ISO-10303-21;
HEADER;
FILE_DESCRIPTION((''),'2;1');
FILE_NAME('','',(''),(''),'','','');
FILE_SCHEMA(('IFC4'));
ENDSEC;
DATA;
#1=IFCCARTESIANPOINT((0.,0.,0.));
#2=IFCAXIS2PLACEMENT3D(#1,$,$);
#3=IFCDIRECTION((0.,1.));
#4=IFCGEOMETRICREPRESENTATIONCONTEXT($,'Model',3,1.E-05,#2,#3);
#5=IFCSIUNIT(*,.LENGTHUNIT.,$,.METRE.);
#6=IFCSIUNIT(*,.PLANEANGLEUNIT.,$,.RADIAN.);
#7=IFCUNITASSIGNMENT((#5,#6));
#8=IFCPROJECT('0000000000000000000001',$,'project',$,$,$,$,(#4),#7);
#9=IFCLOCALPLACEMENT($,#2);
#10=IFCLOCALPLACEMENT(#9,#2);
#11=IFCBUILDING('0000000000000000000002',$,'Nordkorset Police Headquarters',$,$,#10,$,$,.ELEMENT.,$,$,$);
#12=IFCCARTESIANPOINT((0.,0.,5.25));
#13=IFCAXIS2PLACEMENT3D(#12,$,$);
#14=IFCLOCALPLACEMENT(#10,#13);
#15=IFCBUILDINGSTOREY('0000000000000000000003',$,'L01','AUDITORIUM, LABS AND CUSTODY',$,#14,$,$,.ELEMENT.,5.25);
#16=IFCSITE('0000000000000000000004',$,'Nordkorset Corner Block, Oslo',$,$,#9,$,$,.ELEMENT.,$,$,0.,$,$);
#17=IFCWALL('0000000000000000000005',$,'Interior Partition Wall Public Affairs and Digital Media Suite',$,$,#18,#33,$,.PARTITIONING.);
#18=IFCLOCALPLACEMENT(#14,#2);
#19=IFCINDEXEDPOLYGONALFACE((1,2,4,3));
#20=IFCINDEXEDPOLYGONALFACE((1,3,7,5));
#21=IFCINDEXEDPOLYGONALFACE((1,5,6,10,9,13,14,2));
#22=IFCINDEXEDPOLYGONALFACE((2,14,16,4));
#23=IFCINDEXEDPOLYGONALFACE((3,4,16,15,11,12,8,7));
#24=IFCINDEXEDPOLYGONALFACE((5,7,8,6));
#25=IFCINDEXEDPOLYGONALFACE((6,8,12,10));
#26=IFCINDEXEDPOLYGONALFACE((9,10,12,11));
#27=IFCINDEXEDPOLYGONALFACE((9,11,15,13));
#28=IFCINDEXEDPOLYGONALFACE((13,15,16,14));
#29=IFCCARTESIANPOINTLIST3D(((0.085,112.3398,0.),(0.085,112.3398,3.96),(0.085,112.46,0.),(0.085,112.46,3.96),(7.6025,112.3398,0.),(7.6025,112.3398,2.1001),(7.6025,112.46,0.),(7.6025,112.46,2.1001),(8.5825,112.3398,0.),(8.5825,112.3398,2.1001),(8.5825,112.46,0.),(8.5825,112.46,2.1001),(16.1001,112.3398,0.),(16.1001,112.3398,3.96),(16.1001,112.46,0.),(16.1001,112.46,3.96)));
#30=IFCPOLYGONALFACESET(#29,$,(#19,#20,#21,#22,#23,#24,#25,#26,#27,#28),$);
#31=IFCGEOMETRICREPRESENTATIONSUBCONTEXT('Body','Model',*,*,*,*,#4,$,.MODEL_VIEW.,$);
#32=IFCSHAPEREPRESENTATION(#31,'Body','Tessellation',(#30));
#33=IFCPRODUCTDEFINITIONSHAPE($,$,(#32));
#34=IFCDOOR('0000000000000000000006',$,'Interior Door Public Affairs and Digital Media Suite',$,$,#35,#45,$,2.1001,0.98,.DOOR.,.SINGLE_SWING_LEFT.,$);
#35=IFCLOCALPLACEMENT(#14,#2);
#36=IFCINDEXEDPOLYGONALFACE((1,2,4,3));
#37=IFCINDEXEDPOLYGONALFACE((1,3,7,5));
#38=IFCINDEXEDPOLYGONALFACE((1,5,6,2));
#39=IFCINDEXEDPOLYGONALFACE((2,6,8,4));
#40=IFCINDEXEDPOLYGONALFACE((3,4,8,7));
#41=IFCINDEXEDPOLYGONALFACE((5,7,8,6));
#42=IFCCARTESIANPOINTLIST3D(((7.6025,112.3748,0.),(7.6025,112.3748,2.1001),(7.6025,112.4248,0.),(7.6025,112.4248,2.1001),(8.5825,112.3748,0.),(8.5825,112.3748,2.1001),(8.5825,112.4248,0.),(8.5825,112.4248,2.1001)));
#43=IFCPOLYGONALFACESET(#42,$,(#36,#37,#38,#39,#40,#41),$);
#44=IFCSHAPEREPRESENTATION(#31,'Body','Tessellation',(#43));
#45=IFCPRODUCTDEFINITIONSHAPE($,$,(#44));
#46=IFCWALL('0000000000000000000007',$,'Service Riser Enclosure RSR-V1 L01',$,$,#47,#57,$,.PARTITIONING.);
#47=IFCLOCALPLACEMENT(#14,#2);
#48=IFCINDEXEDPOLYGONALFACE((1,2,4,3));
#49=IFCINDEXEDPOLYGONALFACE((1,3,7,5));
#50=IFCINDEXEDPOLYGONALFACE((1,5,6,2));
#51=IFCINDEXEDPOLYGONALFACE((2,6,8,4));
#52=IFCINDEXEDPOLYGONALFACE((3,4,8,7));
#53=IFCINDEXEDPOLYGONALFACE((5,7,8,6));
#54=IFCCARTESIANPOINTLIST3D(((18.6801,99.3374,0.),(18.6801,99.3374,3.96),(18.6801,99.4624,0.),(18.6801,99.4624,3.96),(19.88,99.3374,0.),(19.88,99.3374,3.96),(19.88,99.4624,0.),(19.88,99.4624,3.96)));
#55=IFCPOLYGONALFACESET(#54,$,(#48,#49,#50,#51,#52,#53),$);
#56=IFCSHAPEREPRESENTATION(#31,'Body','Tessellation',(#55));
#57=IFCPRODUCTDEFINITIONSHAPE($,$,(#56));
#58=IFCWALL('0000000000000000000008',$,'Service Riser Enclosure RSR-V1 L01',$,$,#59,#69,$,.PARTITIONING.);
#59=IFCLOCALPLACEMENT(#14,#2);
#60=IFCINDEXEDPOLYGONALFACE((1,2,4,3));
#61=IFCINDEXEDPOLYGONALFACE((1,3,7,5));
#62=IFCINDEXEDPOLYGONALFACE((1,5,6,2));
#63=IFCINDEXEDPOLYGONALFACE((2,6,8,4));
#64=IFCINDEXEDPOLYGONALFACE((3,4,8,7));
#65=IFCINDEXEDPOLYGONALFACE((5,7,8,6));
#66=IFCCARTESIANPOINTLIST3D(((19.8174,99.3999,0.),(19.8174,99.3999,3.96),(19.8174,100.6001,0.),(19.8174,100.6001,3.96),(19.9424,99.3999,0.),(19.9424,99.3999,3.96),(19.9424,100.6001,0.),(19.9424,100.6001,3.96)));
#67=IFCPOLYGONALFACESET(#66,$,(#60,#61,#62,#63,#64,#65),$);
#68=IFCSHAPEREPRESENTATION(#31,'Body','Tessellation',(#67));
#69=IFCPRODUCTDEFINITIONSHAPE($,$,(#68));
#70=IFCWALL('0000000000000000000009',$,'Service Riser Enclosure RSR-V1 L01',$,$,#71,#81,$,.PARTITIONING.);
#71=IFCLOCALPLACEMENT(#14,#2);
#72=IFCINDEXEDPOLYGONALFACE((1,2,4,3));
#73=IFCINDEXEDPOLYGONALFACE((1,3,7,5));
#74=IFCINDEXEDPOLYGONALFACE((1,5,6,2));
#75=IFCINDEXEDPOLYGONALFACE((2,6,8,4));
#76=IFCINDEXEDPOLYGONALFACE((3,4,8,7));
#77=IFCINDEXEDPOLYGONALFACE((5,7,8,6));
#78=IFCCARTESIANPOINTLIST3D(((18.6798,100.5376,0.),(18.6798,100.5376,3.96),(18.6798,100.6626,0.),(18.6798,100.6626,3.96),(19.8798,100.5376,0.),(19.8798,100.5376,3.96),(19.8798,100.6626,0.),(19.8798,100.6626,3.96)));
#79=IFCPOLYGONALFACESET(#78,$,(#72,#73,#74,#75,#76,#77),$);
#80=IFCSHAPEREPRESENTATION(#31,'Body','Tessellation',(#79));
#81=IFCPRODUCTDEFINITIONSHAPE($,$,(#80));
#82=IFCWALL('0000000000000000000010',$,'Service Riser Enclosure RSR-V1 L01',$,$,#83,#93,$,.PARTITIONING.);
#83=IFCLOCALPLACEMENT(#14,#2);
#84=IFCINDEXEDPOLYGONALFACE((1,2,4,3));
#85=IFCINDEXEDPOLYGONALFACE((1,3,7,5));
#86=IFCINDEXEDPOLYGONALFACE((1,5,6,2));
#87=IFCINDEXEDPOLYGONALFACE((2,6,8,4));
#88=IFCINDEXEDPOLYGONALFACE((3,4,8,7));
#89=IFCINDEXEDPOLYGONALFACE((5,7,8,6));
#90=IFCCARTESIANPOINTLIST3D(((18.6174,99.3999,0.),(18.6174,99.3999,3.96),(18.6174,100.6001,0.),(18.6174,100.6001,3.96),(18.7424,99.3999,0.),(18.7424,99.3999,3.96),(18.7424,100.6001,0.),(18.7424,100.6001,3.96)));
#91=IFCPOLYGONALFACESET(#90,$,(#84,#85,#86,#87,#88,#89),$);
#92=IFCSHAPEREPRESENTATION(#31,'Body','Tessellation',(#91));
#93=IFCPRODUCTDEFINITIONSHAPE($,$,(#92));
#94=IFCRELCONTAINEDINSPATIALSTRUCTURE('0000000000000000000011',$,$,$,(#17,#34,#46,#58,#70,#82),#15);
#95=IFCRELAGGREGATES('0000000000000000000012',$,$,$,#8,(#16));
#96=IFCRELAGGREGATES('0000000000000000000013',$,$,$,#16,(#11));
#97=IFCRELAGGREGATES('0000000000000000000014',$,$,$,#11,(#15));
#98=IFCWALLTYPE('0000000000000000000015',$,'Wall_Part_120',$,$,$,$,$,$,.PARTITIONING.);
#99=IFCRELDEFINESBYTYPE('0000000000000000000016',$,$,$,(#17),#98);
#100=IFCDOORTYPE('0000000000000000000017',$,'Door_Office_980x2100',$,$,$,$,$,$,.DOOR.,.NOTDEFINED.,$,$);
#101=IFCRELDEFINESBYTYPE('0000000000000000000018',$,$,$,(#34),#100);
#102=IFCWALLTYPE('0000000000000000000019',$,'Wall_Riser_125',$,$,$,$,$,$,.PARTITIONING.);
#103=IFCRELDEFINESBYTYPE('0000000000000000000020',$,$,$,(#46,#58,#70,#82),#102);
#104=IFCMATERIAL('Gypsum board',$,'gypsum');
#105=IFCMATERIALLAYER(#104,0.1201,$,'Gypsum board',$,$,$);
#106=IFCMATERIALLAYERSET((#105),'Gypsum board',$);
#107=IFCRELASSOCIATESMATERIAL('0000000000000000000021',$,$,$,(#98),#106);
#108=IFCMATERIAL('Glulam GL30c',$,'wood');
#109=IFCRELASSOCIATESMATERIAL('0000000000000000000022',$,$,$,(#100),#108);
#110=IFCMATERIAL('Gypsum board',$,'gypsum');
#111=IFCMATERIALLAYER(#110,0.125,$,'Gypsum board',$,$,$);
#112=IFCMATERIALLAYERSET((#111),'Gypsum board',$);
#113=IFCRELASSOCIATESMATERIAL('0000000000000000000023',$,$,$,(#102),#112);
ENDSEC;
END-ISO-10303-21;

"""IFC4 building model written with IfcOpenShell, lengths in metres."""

from ifc_helpers import new_model, si_unit, direction, frame, frame_2d, origin, place, context, subcontext, project, spatial, rectangle, extrude, material, layer, layer_set, type_object, element, fill, save


model = new_model("IFC4")

# Units and contexts
model_context = context("Model", 3, precision=1e-05, world=origin(), true_north=direction((0.0, 1.0)))
body_context = subcontext(model_context, "Body", "Model", "MODEL_VIEW")
ifc_project = project(units=[si_unit("LENGTHUNIT", "METRE"), si_unit("PLANEANGLEUNIT", "RADIAN")], contexts=[model_context])

# Site, building, storey
site_placement = place(None, origin())
site = spatial("IfcSite", under=ifc_project, at=site_placement, Name="Nordkorset Corner Block, Oslo", CompositionType="ELEMENT", RefElevation=0.0)
building_placement = place(site_placement, origin())
building = spatial("IfcBuilding", under=site, at=building_placement, Name="Nordkorset Police Headquarters", CompositionType="ELEMENT")
storey_placement = place(building_placement, frame((0.0, 0.0, 5.25)))
storey = spatial("IfcBuildingStorey", under=building, at=storey_placement, Name="L01", Description="AUDITORIUM, LABS AND CUSTODY", CompositionType="ELEMENT", Elevation=5.25)

# Shared definitions
ifc_material_1 = material(Name="Gypsum board", Category="gypsum")
ifc_layer_1 = layer(ifc_material_1, 0.1201, Name="Gypsum board")
ifc_layer_set_1 = layer_set([ifc_layer_1], Name="Gypsum board")
wall_type_1 = type_object("IfcWallType", Name="Wall_Part_120", PredefinedType="PARTITIONING", material=ifc_layer_set_1)

# Wall, opening, door
wall_1_placement = place(storey_placement, frame((16.1001, 112.3999, 0.0), z_axis=(0.0, 0.0, 1.0), x_axis=(-1.0, 0.0, 0.0)))
wall_1 = element("IfcWall", 1, at=wall_1_placement, inside=storey, type_object=wall_type_1, Name="Interior Partition Wall Public Affairs and Digital Media Suite", PredefinedType="PARTITIONING", context=body_context, shape_type="SweptSolid", body=[
    extrude(rectangle(XDim=16.0151, YDim=0.1201, at=frame_2d((8.0076, 0.0))), origin(), (0.0, 0.0, 1.0), 3.96),
])
opening_1_placement = place(wall_1_placement, frame((7.5176, 0.0, 0.0)))
opening_1 = element("IfcOpeningElement", 2, at=opening_1_placement, cuts=wall_1, PredefinedType="OPENING", context=body_context, shape_type="SweptSolid", body=[
    extrude(rectangle(XDim=0.98, YDim=2.1001, at=frame_2d((0.49, 1.05))), frame((0.0, 0.0701, 0.0), z_axis=(0.0, -1.0, 0.0), x_axis=(1.0, 0.0, 0.0)), (0.0, 0.0, 1.0), 0.1401),
])
ifc_material_2 = material(Name="Glulam GL30c", Category="wood")
door_type_1 = type_object("IfcDoorType", Name="Door_Office_980x2100", OperationType="NOTDEFINED", PredefinedType="DOOR", material=ifc_material_2)
door_1_placement = place(opening_1_placement, frame((0.98, 0.0, 0.0), z_axis=(0.0, 0.0, 1.0), x_axis=(-1.0, 0.0, 0.0)))
door_1 = element("IfcDoor", 3, at=door_1_placement, inside=storey, type_object=door_type_1, Name="Interior Door Public Affairs and Digital Media Suite", OperationType="SINGLE_SWING_LEFT", OverallHeight=2.1001, OverallWidth=0.98, PredefinedType="DOOR", context=body_context, shape_type="SweptSolid", body=[
    extrude(rectangle(XDim=0.98, YDim=2.1001, at=frame_2d((0.49, 1.05))), frame((0.0, 0.0249, 0.0), z_axis=(0.0, -1.0, 0.0), x_axis=(1.0, 0.0, 0.0)), (0.0, 0.0, 1.0), 0.05),
])
fill(opening_1, door_1)

# Walls
ifc_material_3 = material(Name="Gypsum board", Category="gypsum")
ifc_layer_2 = layer(ifc_material_3, 0.125, Name="Gypsum board")
ifc_layer_set_2 = layer_set([ifc_layer_2], Name="Gypsum board")
wall_type_2 = type_object("IfcWallType", Name="Wall_Riser_125", PredefinedType="PARTITIONING", material=ifc_layer_set_2)
wall_2_placement = place(storey_placement, frame((18.6799, 99.3999, 0.0), z_axis=(0.0, 0.0, 1.0), x_axis=(1.0, 0.0, 0.0)))
element("IfcWall", 4, at=wall_2_placement, inside=storey, type_object=wall_type_2, Name="Service Riser Enclosure RSR-V1 L01", PredefinedType="PARTITIONING", context=body_context, shape_type="SweptSolid", body=[
    extrude(rectangle(XDim=1.2, YDim=0.125, at=frame_2d((0.6001, 0.0))), origin(), (0.0, 0.0, 1.0), 3.96),
])
wall_3_placement = place(storey_placement, frame((19.8799, 99.3999, 0.0), z_axis=(0.0, 0.0, 1.0), x_axis=(0.0, 1.0, 0.0)))
element("IfcWall", 5, at=wall_3_placement, inside=storey, type_object=wall_type_2, Name="Service Riser Enclosure RSR-V1 L01", PredefinedType="PARTITIONING", context=body_context, shape_type="SweptSolid", body=[
    extrude(rectangle(XDim=1.2002, YDim=0.125, at=frame_2d((0.6001, 0.0))), origin(), (0.0, 0.0, 1.0), 3.96),
])
wall_4_placement = place(storey_placement, frame((19.8799, 100.6001, 0.0), z_axis=(0.0, 0.0, 1.0), x_axis=(-1.0, 0.0, 0.0)))
element("IfcWall", 6, at=wall_4_placement, inside=storey, type_object=wall_type_2, Name="Service Riser Enclosure RSR-V1 L01", PredefinedType="PARTITIONING", context=body_context, shape_type="SweptSolid", body=[
    extrude(rectangle(XDim=1.2, YDim=0.125, at=frame_2d((0.6001, 0.0))), origin(), (0.0, 0.0, 1.0), 3.96),
])
wall_5_placement = place(storey_placement, frame((18.6799, 100.6001, 0.0), z_axis=(0.0, 0.0, 1.0), x_axis=(0.0, -1.0, 0.0)))
element("IfcWall", 7, at=wall_5_placement, inside=storey, type_object=wall_type_2, Name="Service Riser Enclosure RSR-V1 L01", PredefinedType="PARTITIONING", context=body_context, shape_type="SweptSolid", body=[
    extrude(rectangle(XDim=1.2002, YDim=0.125, at=frame_2d((0.6001, 0.0))), origin(), (0.0, 0.0, 1.0), 3.96),
])

save(model, "model.ifc")
